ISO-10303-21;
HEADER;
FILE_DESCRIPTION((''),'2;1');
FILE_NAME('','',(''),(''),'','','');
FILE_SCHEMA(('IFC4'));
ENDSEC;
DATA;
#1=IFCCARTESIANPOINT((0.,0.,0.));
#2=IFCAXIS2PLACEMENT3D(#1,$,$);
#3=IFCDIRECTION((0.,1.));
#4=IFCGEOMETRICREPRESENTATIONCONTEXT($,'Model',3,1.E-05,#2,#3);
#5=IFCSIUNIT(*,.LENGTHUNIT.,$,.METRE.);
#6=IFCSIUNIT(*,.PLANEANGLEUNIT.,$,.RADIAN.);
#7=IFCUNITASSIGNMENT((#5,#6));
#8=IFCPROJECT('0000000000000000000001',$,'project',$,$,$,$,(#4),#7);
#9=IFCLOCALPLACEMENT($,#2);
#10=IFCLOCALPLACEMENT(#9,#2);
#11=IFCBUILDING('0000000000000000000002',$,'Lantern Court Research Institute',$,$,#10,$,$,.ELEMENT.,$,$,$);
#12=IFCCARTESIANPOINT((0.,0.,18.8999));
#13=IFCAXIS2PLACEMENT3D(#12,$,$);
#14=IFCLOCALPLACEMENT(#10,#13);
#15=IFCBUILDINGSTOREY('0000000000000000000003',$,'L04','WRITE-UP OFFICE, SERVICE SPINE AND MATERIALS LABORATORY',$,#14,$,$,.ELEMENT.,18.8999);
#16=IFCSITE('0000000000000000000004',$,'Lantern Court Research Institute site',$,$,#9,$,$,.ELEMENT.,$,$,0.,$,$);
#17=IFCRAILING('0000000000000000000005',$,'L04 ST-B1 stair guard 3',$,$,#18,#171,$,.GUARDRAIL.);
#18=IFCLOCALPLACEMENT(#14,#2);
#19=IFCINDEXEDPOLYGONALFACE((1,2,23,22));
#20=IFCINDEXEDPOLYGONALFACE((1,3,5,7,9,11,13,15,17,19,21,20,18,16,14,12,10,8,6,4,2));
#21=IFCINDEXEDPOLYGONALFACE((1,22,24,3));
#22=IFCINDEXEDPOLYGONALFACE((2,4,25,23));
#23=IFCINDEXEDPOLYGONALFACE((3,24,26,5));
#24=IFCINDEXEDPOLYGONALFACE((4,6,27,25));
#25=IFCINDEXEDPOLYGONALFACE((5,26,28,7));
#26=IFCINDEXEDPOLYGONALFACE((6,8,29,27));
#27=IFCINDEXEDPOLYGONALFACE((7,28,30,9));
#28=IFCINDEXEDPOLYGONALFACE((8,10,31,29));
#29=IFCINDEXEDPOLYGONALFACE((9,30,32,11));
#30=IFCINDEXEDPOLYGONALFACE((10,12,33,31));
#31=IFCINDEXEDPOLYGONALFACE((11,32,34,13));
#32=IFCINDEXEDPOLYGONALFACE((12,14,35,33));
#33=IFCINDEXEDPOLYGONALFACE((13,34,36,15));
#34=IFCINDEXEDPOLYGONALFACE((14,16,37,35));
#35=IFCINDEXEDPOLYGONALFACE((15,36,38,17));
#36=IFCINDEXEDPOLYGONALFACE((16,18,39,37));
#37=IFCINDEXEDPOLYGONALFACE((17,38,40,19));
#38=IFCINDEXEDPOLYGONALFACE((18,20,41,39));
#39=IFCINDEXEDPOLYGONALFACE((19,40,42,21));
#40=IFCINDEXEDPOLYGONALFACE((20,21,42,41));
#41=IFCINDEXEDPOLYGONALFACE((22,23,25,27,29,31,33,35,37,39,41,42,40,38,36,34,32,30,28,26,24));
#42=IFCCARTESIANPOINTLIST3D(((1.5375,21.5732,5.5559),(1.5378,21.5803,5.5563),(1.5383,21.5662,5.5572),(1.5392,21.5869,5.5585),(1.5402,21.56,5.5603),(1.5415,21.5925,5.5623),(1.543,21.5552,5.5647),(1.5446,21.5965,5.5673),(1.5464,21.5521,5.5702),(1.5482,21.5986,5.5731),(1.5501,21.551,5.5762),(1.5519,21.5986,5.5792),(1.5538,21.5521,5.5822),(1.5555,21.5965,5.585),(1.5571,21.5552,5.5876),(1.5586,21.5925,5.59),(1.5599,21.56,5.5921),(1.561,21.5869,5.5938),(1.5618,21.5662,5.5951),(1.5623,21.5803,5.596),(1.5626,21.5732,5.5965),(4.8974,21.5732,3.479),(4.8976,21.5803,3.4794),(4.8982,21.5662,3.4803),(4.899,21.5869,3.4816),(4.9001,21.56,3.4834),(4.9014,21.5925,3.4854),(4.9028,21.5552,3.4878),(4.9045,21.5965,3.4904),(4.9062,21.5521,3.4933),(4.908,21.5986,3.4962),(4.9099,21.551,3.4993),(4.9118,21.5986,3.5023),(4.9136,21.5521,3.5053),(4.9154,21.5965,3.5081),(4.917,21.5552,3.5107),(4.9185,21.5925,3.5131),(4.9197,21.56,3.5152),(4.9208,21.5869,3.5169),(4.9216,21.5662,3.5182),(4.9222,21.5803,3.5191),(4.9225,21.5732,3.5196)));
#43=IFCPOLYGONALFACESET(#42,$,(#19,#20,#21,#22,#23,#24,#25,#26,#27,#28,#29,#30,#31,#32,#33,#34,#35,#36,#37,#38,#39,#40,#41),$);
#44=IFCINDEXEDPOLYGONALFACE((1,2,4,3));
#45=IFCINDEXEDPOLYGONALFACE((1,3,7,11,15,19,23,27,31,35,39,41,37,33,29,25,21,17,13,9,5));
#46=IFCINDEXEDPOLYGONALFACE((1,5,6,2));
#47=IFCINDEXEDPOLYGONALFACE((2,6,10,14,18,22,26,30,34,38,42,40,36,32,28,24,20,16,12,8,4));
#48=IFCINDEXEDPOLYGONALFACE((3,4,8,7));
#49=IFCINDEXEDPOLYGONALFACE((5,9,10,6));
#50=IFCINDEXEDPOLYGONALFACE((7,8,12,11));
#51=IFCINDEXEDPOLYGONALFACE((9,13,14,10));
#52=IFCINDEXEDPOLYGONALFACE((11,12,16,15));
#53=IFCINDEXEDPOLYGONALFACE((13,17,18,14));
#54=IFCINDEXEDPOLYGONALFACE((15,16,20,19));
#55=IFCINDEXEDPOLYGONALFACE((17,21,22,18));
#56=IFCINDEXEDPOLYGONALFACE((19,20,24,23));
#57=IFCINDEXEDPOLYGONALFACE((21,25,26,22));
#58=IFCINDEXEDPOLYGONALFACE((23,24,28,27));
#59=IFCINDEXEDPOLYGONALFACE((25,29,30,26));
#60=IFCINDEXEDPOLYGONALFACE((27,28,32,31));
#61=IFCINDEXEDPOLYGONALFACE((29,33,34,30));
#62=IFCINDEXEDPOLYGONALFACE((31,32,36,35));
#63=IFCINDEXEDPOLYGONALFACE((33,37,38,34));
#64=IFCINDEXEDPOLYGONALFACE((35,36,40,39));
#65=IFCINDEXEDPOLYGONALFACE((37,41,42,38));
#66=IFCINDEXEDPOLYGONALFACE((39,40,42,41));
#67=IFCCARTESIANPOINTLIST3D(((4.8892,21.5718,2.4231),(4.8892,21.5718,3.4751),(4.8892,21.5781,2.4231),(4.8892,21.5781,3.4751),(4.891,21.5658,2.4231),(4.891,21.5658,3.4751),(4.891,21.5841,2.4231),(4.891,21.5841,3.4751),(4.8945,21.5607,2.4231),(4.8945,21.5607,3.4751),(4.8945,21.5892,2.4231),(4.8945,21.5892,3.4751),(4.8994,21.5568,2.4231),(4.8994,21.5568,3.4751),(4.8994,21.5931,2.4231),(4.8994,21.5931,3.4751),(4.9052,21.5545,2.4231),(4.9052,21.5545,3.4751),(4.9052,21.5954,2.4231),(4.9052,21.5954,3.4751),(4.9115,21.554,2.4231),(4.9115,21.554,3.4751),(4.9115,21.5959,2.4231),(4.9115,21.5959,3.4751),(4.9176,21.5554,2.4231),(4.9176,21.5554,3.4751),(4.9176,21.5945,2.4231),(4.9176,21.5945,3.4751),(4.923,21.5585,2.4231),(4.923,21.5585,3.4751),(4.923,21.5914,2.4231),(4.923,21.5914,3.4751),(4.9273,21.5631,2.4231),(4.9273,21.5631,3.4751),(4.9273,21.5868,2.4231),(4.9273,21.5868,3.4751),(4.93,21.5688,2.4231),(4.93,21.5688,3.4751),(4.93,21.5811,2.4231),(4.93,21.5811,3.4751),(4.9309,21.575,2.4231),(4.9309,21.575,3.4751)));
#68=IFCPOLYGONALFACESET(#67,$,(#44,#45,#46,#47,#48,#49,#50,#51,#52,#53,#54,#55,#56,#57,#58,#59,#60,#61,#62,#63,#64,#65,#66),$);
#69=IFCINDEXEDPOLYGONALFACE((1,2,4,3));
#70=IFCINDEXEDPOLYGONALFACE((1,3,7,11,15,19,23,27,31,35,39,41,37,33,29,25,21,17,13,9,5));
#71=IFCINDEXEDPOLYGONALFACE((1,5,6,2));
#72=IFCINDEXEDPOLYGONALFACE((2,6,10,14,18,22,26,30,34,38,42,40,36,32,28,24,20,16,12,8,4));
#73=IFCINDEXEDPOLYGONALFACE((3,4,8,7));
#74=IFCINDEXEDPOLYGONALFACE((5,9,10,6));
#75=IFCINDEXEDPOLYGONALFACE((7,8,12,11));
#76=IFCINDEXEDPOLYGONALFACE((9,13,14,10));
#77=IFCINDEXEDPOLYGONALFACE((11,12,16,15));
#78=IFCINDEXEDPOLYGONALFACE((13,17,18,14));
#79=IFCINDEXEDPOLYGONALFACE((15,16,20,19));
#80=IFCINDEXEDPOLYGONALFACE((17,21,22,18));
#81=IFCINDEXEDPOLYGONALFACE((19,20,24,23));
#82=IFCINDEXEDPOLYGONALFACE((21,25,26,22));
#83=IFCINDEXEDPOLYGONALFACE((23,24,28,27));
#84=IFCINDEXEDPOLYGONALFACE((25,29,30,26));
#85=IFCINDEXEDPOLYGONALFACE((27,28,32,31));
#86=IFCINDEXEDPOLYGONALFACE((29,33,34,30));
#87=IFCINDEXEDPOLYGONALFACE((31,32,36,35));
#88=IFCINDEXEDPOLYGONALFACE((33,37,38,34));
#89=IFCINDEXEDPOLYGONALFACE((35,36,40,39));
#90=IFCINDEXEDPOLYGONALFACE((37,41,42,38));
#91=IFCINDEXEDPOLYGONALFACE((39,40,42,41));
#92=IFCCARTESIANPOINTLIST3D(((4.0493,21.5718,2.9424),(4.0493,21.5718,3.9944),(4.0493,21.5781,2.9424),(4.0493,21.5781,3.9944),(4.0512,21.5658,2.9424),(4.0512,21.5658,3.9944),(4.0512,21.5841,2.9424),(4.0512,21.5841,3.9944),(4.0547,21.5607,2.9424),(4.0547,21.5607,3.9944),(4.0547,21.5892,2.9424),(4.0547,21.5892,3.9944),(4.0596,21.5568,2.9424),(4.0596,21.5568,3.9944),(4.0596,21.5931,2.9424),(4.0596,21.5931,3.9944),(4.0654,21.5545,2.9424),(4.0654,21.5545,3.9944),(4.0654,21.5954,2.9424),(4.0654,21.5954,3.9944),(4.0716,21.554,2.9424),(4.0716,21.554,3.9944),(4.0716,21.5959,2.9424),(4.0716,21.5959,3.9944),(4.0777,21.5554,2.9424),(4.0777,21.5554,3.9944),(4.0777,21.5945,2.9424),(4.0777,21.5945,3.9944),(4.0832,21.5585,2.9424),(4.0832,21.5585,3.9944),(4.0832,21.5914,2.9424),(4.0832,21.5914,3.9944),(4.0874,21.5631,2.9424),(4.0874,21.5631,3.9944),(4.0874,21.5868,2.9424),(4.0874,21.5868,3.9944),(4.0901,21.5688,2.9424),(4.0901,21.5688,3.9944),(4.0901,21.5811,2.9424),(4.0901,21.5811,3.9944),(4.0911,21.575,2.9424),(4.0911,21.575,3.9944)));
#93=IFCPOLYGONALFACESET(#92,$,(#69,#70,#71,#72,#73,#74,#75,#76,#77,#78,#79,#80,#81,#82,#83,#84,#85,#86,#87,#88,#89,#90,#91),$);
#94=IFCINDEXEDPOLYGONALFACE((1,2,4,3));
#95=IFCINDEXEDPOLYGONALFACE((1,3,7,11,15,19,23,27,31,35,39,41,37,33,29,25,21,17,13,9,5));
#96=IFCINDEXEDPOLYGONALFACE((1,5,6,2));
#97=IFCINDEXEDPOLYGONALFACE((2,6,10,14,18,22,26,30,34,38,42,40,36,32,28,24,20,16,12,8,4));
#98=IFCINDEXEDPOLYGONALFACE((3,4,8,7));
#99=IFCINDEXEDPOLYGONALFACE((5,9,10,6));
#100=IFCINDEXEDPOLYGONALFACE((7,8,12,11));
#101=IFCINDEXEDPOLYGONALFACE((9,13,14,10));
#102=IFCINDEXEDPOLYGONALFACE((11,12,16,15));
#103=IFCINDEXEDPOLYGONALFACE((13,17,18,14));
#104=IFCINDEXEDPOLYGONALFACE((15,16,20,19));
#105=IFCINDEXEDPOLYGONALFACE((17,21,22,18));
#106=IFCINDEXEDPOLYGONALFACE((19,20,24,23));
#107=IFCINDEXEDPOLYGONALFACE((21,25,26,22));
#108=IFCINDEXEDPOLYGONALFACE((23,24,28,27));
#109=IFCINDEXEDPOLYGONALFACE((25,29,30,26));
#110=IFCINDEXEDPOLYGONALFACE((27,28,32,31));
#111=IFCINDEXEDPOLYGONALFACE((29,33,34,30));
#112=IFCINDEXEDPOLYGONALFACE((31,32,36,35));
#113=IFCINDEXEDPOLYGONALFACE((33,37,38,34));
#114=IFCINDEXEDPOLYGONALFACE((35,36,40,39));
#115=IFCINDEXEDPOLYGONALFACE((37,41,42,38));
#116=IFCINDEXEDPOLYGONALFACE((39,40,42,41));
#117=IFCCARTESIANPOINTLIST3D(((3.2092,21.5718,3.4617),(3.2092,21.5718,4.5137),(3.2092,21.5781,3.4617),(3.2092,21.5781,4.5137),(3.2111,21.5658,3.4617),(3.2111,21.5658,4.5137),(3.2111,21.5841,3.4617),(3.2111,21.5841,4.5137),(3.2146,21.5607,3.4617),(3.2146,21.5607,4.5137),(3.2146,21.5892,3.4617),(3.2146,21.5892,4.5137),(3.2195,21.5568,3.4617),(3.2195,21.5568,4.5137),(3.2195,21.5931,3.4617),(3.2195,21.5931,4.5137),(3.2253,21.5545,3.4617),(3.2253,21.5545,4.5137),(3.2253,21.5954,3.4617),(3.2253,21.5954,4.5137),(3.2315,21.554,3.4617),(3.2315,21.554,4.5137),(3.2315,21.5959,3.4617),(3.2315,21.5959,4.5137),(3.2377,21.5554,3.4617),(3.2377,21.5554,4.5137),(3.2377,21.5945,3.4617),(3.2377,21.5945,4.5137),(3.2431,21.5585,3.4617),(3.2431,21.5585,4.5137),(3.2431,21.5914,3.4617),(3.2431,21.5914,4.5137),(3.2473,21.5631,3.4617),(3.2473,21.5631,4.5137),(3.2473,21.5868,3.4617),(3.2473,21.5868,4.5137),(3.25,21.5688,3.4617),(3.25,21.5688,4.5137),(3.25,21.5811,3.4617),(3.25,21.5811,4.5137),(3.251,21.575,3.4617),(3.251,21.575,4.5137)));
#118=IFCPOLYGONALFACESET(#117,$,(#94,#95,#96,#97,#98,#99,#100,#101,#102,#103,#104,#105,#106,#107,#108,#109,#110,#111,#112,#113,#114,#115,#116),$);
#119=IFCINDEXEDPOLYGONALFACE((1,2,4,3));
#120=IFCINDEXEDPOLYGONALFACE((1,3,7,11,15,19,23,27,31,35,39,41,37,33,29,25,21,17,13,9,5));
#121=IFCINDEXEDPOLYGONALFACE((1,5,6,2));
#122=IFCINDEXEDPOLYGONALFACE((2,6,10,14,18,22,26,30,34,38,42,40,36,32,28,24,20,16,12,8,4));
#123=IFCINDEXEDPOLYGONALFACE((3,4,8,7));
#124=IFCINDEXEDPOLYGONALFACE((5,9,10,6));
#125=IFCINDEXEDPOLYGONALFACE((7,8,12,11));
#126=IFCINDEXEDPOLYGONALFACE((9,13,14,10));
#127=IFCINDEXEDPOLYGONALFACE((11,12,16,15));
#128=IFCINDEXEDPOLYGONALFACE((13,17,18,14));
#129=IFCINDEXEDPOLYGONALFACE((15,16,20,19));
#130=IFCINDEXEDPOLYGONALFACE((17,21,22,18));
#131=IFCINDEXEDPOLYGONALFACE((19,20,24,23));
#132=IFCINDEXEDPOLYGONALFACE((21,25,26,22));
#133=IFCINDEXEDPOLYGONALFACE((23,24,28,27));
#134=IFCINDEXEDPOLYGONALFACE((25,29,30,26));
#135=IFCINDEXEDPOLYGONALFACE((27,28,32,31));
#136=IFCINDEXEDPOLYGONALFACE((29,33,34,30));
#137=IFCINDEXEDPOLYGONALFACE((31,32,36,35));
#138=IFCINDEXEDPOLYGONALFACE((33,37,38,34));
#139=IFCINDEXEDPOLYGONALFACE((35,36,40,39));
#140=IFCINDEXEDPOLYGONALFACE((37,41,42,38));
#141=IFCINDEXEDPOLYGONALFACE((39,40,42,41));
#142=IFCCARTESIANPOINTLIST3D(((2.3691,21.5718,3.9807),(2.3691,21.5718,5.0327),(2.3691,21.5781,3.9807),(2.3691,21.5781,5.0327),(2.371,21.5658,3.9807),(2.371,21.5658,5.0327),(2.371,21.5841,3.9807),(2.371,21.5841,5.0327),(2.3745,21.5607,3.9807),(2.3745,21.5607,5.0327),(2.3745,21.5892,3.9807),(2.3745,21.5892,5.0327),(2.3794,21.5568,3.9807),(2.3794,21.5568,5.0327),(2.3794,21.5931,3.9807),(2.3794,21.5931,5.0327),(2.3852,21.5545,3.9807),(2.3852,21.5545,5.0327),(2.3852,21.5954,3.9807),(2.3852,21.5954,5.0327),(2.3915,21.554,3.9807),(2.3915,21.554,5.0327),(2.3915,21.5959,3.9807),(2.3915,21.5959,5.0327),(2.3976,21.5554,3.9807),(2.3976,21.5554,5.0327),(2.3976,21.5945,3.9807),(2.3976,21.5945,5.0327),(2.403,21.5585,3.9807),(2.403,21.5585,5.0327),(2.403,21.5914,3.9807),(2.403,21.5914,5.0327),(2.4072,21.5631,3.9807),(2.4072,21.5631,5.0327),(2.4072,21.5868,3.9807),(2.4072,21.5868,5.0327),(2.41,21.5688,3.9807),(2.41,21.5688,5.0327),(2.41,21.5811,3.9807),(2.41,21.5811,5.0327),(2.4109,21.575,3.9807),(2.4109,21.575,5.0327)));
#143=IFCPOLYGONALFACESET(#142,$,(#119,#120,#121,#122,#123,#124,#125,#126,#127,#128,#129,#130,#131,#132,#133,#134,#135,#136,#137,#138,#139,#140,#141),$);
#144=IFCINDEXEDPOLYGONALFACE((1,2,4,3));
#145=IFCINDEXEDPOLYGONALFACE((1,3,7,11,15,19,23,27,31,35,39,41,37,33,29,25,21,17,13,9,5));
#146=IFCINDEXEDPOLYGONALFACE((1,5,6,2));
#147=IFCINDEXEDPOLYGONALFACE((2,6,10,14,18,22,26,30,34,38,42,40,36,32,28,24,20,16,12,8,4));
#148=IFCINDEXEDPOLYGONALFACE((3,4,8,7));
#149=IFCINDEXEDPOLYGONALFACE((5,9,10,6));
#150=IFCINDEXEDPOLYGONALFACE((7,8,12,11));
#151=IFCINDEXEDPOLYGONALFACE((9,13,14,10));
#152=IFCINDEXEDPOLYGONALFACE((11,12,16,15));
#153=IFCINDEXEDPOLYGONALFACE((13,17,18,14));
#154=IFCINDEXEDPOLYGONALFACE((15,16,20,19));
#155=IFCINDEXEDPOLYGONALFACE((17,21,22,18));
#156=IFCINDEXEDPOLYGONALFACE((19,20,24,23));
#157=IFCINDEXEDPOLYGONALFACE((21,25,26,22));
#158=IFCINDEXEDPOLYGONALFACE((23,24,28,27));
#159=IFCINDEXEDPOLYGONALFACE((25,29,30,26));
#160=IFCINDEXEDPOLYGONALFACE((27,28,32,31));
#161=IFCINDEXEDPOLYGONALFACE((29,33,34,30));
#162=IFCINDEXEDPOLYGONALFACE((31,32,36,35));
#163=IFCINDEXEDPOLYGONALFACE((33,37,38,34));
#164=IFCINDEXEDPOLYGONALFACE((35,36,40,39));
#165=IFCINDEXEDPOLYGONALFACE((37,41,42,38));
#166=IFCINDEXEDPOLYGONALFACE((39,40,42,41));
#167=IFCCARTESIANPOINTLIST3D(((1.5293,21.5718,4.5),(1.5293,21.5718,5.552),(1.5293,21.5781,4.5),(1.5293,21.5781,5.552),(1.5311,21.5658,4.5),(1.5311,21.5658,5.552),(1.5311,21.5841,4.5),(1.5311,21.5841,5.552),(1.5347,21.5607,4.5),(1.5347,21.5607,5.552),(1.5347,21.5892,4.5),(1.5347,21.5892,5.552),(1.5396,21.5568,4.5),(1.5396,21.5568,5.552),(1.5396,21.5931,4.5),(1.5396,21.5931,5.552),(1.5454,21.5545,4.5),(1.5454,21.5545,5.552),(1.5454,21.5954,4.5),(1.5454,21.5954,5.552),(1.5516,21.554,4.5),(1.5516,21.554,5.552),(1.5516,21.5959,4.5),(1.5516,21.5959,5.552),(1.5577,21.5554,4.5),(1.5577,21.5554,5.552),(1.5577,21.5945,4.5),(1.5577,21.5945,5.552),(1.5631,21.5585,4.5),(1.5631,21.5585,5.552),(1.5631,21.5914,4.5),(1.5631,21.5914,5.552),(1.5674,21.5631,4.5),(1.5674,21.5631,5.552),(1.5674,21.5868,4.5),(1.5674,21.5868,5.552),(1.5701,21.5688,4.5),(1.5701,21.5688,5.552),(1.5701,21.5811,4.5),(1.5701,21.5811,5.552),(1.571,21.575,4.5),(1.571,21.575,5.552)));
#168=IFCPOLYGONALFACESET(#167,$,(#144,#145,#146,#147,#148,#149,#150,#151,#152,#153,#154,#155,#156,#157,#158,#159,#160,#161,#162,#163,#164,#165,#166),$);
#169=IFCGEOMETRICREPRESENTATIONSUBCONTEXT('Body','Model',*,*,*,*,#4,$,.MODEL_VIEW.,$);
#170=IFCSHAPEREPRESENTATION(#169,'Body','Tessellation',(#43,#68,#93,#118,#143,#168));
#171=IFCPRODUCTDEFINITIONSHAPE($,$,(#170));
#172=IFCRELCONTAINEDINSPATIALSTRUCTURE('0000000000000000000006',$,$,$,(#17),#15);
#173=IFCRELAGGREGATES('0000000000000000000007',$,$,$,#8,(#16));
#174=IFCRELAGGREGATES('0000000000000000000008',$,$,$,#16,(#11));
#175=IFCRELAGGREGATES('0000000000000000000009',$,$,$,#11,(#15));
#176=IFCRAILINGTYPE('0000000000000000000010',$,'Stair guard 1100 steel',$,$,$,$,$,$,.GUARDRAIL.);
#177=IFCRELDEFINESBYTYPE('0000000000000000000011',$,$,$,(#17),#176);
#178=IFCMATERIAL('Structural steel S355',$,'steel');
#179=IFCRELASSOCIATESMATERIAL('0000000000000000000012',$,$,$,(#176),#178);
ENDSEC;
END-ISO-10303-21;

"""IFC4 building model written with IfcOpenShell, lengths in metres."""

from ifc_helpers import new_model, si_unit, direction, frame, origin, origin_2d, place, context, subcontext, project, spatial, circle, extrude, material, type_object, element, save


model = new_model("IFC4")

# Units and contexts
model_context = context("Model", 3, precision=1e-05, world=origin(), true_north=direction((0.0, 1.0)))
body_context = subcontext(model_context, "Body", "Model", "MODEL_VIEW")
ifc_project = project(units=[si_unit("LENGTHUNIT", "METRE"), si_unit("PLANEANGLEUNIT", "RADIAN")], contexts=[model_context])

# Site, building, storey
site_placement = place(None, origin())
site = spatial("IfcSite", under=ifc_project, at=site_placement, Name="Lantern Court Research Institute site", CompositionType="ELEMENT", RefElevation=0.0)
building_placement = place(site_placement, origin())
building = spatial("IfcBuilding", under=site, at=building_placement, Name="Lantern Court Research Institute", CompositionType="ELEMENT")
storey_placement = place(building_placement, frame((0.0, 0.0, 18.8999)))
storey = spatial("IfcBuildingStorey", under=building, at=storey_placement, Name="L04", Description="WRITE-UP OFFICE, SERVICE SPINE AND MATERIALS LABORATORY", CompositionType="ELEMENT", Elevation=18.8999)

# Railing
ifc_material_1 = material(Name="Structural steel S355", Category="steel")
railing_type_1 = type_object("IfcRailingType", Name="Stair guard 1100 steel", PredefinedType="GUARDRAIL", material=ifc_material_1)
railing_1_placement = place(storey_placement, frame((4.9099, 21.575, 2.4231)))
element("IfcRailing", 1, at=railing_1_placement, inside=storey, type_object=railing_type_1, Name="L04 ST-B1 stair guard 3", PredefinedType="GUARDRAIL", context=body_context, shape_type="SweptSolid", body=[
    extrude(circle(Radius=0.0239, at=origin_2d()), frame((0.0, 0.0, 1.0762), z_axis=(-0.850606, 0.0, 0.525803), x_axis=(0.0, -1.0, 0.0)), (0.0, 0.0, 1.0), 3.95),
    extrude(circle(Radius=0.021, at=origin_2d()), origin(), (0.0, 0.0, 1.0), 1.052),
    extrude(circle(Radius=0.021, at=origin_2d()), frame((-0.8398, 0.0, 0.5193)), (0.0, 0.0, 1.0), 1.052),
    extrude(circle(Radius=0.021, at=origin_2d()), frame((-1.6799, 0.0, 1.0386)), (0.0, 0.0, 1.0), 1.052),
    extrude(circle(Radius=0.021, at=origin_2d()), frame((-2.52, 0.0, 1.5576)), (0.0, 0.0, 1.0), 1.052),
    extrude(circle(Radius=0.021, at=origin_2d()), frame((-3.3599, 0.0, 2.0769)), (0.0, 0.0, 1.0), 1.052),
])

save(model, "model.ifc")
